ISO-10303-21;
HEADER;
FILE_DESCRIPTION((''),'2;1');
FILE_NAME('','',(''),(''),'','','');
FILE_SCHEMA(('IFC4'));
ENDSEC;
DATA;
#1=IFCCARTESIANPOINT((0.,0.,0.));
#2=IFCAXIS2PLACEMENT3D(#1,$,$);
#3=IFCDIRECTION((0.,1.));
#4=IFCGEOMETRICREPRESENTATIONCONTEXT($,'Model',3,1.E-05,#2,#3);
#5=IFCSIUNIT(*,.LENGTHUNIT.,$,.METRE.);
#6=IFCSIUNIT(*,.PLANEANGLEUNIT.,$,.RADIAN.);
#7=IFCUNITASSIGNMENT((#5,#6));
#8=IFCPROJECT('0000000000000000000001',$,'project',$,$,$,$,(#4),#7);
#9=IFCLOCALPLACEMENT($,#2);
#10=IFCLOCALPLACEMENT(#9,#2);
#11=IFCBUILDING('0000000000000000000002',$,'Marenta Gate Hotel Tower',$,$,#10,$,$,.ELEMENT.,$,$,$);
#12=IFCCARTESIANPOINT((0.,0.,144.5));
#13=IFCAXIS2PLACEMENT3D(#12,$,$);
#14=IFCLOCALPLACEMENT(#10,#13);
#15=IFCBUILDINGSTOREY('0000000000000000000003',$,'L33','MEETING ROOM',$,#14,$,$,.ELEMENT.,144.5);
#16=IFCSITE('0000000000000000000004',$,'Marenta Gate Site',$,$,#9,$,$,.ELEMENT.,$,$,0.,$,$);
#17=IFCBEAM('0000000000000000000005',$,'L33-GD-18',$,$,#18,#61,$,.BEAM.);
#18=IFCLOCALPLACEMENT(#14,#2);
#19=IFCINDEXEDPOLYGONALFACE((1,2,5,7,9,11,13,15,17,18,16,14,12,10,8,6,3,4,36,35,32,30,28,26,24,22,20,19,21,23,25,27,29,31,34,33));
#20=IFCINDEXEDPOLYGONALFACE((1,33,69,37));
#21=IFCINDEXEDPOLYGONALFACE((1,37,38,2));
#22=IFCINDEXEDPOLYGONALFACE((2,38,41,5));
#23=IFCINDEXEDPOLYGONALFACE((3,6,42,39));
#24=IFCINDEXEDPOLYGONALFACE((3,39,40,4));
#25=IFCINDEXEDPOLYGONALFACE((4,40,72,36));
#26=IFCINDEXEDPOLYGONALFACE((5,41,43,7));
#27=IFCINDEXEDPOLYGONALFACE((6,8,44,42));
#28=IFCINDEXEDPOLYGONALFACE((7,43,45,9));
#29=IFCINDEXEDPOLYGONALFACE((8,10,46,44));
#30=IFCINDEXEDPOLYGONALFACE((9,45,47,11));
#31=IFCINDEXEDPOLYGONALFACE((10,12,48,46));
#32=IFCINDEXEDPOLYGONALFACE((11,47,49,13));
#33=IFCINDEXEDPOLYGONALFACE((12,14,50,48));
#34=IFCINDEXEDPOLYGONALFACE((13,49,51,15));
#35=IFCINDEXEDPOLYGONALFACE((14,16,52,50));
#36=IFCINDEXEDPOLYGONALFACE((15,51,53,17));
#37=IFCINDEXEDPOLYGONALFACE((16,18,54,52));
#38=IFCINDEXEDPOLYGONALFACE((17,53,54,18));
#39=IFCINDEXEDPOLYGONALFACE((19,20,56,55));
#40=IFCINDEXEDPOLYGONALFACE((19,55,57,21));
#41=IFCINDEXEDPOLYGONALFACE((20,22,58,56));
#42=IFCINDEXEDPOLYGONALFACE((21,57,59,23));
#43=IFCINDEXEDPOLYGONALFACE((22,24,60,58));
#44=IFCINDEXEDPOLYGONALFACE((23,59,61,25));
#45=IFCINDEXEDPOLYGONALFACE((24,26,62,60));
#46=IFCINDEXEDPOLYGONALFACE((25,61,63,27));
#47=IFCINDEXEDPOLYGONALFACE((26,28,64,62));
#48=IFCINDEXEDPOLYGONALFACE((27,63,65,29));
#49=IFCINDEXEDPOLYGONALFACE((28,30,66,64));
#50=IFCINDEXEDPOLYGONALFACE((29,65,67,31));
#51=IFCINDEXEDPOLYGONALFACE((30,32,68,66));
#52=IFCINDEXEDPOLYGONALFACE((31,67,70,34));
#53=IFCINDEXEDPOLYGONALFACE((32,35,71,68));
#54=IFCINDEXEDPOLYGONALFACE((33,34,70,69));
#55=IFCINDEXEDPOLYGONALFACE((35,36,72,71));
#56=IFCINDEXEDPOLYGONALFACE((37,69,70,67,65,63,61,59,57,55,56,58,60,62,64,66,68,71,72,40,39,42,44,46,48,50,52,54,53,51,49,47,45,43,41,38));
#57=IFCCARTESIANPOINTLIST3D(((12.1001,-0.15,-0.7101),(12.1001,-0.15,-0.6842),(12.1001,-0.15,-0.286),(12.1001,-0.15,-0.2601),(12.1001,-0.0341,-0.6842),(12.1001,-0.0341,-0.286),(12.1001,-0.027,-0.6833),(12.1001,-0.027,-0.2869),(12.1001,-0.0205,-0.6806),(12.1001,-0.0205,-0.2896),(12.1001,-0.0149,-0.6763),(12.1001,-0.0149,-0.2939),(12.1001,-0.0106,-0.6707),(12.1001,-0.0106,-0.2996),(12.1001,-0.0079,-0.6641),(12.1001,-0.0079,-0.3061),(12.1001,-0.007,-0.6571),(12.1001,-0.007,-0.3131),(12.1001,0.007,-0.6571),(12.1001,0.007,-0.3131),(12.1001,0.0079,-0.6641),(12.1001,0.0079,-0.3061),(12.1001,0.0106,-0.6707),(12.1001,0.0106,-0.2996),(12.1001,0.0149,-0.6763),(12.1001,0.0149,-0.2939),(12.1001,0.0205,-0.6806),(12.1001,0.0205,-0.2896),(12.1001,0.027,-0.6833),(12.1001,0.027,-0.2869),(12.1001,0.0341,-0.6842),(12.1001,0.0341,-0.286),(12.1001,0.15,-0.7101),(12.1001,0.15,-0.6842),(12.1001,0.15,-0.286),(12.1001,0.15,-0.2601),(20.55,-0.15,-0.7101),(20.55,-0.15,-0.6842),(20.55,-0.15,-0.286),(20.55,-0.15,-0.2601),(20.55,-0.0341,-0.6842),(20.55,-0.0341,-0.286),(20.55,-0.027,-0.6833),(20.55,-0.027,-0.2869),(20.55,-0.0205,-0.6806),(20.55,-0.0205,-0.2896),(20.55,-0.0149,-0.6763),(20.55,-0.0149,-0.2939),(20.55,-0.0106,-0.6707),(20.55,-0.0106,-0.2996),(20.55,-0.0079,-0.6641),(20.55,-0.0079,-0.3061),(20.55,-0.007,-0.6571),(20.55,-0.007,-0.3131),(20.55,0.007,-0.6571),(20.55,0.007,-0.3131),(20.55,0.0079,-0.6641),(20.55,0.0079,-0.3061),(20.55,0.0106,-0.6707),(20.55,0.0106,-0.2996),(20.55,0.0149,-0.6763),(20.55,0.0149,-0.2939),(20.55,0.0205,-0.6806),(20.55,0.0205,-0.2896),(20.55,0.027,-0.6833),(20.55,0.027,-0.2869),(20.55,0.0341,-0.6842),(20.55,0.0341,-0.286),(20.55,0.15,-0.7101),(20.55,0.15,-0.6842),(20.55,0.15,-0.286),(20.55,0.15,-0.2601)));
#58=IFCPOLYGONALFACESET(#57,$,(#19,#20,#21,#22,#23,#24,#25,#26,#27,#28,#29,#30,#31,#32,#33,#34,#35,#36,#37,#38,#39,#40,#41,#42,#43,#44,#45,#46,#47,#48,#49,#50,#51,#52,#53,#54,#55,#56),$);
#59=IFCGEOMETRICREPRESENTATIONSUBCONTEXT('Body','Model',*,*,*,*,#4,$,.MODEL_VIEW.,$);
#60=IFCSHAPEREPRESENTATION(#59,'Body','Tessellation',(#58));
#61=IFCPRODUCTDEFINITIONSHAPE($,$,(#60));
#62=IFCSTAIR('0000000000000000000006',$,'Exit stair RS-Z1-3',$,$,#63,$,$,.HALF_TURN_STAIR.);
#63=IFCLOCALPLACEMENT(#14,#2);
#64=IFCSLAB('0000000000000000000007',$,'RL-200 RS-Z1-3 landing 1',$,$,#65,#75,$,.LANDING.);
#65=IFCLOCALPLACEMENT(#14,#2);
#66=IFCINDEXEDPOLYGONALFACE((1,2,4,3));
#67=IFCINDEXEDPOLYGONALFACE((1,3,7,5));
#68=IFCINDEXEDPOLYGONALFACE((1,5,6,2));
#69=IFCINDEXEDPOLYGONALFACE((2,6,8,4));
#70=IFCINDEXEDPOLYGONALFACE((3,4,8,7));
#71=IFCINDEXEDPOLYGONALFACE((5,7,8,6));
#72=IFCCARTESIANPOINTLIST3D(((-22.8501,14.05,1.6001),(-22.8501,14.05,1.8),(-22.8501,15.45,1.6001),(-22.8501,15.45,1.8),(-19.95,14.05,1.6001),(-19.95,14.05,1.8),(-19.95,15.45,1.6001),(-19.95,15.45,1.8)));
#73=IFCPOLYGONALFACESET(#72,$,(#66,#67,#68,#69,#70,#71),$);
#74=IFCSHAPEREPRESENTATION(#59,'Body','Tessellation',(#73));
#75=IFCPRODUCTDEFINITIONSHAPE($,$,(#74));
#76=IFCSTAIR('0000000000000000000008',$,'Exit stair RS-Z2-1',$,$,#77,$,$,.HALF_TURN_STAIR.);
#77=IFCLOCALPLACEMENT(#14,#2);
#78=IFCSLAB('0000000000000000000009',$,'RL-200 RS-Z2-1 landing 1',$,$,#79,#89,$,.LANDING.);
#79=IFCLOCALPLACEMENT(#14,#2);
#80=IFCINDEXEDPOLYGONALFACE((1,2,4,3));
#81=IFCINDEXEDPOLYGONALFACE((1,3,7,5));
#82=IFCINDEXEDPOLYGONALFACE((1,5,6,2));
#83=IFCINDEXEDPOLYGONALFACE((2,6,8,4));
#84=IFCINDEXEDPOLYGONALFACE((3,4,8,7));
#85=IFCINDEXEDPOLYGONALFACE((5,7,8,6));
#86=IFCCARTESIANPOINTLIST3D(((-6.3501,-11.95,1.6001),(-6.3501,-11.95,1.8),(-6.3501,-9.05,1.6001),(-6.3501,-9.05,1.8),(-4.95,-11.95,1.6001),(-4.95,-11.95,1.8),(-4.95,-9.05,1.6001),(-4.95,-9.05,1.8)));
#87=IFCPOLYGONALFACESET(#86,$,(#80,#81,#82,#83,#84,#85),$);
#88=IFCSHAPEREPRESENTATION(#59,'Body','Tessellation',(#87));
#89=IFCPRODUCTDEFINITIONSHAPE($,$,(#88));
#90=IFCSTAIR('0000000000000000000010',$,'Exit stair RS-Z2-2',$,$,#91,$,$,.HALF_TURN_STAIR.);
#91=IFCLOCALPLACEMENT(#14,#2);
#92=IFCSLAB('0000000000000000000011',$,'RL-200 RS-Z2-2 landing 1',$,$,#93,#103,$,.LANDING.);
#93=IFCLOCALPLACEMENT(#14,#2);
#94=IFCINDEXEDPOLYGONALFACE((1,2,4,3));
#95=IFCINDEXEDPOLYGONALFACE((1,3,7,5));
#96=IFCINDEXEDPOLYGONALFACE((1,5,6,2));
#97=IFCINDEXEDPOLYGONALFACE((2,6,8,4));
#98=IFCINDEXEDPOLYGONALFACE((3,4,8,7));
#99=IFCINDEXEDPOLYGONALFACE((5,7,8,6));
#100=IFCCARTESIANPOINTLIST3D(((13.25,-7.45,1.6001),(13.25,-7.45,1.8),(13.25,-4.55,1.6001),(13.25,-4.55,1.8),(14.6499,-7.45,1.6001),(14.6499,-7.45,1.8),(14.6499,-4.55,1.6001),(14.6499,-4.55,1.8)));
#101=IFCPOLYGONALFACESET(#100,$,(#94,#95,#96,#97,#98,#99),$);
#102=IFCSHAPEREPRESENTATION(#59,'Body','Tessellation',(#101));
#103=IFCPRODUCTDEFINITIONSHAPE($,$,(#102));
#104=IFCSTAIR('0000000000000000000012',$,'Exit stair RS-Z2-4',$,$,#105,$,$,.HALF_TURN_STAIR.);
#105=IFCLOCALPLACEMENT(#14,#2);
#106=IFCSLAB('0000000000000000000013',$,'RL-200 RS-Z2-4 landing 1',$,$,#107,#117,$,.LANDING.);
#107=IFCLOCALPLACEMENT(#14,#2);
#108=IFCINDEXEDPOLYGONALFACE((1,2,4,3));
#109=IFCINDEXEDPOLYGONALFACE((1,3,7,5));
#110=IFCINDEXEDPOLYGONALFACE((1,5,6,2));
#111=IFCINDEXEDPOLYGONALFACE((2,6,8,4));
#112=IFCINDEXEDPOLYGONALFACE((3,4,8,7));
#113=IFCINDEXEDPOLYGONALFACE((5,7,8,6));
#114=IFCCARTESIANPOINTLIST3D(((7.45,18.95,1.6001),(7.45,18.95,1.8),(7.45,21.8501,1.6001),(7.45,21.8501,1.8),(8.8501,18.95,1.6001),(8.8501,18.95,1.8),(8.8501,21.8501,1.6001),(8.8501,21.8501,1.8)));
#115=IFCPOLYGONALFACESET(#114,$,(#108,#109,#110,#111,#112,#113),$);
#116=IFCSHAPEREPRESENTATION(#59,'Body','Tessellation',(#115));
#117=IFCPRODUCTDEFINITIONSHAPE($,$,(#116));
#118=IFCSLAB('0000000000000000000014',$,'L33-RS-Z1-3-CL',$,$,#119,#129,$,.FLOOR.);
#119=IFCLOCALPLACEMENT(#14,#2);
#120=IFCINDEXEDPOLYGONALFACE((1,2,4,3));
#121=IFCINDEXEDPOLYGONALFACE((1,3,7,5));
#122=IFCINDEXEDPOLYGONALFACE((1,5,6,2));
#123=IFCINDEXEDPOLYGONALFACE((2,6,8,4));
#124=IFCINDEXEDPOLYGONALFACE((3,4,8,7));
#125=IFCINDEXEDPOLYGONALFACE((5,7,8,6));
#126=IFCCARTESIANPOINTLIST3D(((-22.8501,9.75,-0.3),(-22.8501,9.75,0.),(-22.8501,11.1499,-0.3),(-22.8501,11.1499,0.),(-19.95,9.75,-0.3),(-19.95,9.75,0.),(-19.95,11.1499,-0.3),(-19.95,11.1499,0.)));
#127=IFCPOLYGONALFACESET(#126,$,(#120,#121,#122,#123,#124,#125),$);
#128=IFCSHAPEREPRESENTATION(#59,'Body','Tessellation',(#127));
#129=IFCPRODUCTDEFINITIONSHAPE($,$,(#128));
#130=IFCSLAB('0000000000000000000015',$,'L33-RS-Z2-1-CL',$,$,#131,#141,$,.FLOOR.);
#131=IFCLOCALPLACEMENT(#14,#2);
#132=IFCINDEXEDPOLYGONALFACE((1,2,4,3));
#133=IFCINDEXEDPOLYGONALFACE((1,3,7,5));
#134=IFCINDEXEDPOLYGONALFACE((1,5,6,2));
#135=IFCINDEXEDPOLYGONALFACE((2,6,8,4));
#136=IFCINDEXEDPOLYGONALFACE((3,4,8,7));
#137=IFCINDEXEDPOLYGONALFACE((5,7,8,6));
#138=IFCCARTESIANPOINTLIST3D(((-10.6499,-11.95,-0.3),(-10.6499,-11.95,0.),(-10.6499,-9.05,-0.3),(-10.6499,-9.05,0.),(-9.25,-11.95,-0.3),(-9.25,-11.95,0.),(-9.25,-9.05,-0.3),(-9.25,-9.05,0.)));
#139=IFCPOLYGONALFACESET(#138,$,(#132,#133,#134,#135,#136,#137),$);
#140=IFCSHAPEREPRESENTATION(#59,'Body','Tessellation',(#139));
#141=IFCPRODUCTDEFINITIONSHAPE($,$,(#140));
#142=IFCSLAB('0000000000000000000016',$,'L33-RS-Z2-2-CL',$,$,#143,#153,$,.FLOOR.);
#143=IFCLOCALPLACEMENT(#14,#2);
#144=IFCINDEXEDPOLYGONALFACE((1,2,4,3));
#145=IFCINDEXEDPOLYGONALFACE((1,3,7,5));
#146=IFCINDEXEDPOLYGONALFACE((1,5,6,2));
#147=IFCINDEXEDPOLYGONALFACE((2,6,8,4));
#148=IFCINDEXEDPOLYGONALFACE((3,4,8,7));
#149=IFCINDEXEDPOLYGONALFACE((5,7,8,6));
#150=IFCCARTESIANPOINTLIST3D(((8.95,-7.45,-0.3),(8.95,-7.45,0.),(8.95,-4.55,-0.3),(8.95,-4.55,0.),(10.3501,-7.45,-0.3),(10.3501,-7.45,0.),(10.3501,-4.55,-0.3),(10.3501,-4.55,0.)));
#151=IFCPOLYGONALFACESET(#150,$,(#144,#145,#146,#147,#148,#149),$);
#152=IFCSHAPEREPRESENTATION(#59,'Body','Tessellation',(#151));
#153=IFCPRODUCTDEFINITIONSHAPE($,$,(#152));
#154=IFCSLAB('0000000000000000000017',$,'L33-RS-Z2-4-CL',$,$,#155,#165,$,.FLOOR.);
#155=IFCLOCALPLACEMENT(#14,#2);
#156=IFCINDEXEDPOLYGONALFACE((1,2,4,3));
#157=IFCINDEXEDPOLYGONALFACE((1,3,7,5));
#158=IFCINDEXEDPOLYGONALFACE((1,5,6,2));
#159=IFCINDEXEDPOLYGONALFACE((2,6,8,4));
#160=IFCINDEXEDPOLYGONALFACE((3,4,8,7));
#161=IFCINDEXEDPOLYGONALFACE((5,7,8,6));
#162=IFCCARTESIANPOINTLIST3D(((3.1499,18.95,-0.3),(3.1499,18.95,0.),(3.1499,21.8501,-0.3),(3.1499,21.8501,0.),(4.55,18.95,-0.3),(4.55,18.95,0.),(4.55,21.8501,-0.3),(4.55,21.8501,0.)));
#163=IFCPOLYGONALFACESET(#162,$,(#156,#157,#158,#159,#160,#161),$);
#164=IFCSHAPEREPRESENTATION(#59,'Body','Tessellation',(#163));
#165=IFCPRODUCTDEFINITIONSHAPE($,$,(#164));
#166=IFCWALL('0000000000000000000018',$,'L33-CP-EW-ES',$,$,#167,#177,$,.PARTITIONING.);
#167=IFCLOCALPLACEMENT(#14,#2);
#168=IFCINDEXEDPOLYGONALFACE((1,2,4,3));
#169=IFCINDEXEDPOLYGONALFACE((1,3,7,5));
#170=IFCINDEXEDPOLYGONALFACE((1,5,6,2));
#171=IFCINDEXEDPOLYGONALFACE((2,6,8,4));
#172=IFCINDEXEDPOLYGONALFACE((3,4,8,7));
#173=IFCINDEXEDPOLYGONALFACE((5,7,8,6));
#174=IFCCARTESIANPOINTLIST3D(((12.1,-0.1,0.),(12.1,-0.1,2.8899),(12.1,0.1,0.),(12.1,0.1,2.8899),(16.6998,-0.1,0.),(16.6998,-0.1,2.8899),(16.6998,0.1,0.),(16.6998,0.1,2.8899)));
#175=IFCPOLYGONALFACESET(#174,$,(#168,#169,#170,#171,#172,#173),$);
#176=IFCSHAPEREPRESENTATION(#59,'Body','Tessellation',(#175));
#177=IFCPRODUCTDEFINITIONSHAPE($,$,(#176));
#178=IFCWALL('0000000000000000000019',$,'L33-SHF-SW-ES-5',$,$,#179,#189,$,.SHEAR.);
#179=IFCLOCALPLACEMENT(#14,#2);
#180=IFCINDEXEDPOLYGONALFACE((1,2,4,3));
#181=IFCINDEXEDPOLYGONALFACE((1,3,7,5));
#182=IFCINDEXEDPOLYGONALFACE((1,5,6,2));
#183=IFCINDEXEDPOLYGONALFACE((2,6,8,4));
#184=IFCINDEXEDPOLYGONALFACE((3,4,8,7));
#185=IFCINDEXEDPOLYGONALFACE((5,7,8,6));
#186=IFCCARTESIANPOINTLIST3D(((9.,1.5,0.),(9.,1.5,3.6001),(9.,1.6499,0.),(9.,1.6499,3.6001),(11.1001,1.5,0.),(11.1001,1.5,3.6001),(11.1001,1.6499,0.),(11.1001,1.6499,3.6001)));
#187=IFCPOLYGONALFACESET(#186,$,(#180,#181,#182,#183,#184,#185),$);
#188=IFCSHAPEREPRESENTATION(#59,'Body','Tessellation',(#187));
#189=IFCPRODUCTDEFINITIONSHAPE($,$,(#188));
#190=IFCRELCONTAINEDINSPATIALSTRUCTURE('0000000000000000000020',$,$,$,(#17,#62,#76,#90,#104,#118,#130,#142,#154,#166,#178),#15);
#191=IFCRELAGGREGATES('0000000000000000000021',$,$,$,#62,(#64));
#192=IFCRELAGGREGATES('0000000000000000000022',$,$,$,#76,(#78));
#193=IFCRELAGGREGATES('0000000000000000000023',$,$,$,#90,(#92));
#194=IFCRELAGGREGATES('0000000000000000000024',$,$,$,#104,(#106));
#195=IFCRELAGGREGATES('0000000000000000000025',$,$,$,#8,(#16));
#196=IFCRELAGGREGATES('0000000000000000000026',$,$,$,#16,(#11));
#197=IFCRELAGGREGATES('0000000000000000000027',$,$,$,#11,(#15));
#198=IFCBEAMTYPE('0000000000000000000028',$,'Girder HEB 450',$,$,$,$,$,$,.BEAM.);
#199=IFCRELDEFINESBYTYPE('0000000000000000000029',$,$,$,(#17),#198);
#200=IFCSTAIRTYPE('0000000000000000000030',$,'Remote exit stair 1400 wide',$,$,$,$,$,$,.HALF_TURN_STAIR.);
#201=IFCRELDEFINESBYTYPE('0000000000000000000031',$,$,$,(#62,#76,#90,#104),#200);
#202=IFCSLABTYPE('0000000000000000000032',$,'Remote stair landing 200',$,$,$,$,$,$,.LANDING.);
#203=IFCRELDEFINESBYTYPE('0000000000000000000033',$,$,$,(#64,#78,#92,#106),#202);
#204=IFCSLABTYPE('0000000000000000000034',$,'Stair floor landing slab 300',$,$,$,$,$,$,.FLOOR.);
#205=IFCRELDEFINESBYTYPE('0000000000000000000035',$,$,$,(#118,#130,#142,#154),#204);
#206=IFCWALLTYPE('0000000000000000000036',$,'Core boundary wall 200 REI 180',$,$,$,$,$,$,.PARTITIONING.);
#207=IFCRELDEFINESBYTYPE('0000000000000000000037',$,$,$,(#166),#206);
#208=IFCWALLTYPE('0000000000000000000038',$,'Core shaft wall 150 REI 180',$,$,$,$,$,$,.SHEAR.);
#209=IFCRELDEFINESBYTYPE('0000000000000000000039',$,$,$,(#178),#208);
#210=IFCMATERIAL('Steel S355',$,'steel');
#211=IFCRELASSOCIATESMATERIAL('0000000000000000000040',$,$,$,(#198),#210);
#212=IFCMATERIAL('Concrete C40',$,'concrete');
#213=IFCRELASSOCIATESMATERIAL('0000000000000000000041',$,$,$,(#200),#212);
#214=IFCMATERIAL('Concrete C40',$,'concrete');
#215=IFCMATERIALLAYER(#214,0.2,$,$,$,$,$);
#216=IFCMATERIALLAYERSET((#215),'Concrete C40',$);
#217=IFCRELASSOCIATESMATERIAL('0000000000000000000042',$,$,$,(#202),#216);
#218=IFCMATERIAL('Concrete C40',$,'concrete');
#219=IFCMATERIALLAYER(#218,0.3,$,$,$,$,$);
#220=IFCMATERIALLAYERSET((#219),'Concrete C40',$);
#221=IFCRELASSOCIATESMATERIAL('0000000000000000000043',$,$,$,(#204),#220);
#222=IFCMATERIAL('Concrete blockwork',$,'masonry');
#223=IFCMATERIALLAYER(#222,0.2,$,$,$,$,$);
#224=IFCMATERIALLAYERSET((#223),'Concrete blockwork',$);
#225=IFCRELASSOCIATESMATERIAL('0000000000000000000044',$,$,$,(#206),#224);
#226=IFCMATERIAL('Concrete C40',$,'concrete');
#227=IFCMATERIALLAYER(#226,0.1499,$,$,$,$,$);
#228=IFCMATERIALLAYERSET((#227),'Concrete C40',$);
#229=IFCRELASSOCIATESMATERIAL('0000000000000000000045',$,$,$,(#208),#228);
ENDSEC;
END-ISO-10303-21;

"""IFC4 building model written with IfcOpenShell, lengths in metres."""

from ifc_helpers import new_model, si_unit, direction, frame, frame_2d, origin, origin_2d, place, context, subcontext, project, spatial, polyline, rectangle, i_section, outline, extrude, material, layer, layer_set, material_profile, profile_set, type_object, element, aggregate, save


model = new_model("IFC4")

# Units and contexts
model_context = context("Model", 3, precision=1e-05, world=origin(), true_north=direction((0.0, 1.0)))
body_context = subcontext(model_context, "Body", "Model", "MODEL_VIEW")
ifc_project = project(units=[si_unit("LENGTHUNIT", "METRE"), si_unit("PLANEANGLEUNIT", "RADIAN")], contexts=[model_context])

# Site, building, storey
site_placement = place(None, origin())
site = spatial("IfcSite", under=ifc_project, at=site_placement, Name="Marenta Gate Site", CompositionType="ELEMENT", RefElevation=0.0)
building_placement = place(site_placement, origin())
building = spatial("IfcBuilding", under=site, at=building_placement, Name="Marenta Gate Hotel Tower", CompositionType="ELEMENT")
storey_placement = place(building_placement, frame((0.0, 0.0, 144.5)))
storey = spatial("IfcBuildingStorey", under=building, at=storey_placement, Name="L33", Description="MEETING ROOM", CompositionType="ELEMENT", Elevation=144.5)

# Beam
ifc_material_1 = material(Name="Steel S355", Category="steel")
ifc_material_profile = material_profile(ifc_material_1, i_section(OverallWidth=0.3, OverallDepth=0.45, WebThickness=0.0139, FlangeThickness=0.0259, FilletRadius=0.0271, at=origin_2d()), Name="HEB 450")
ifc_profile_set = profile_set([ifc_material_profile], Name="Steel S355")
beam_type = type_object("IfcBeamType", Name="Girder HEB 450", PredefinedType="BEAM", material=ifc_profile_set)
beam_placement = place(storey_placement, frame((12.1001, 0.0, -0.4851), z_axis=(1.0, 0.0, 0.0), x_axis=(0.0, 1.0, 0.0)))
element("IfcBeam", 1, at=beam_placement, inside=storey, type_object=beam_type, Name="L33-GD-18", PredefinedType="BEAM", context=body_context, shape_type="SweptSolid", body=[
    extrude(i_section(OverallWidth=0.3, OverallDepth=0.45, WebThickness=0.0139, FlangeThickness=0.0259, FilletRadius=0.0271, at=origin_2d()), origin(), (0.0, 0.0, 1.0), 8.45),
])

# Stairs, slabs
ifc_material_2 = material(Name="Concrete C40", Category="concrete")
stair_type_1 = type_object("IfcStairType", Name="Remote exit stair 1400 wide", PredefinedType="HALF_TURN_STAIR", material=ifc_material_2)
stair_1_placement = place(storey_placement, origin())
stair_1 = element("IfcStair", 2, at=stair_1_placement, inside=storey, type_object=stair_type_1, Name="Exit stair RS-Z1-3", PredefinedType="HALF_TURN_STAIR")
ifc_material_3 = material(Name="Concrete C40", Category="concrete")
ifc_layer_1 = layer(ifc_material_3, 0.2)
ifc_layer_set_1 = layer_set([ifc_layer_1], Name="Concrete C40")
slab_type_1 = type_object("IfcSlabType", Name="Remote stair landing 200", PredefinedType="LANDING", material=ifc_layer_set_1)
slab_1_placement = place(storey_placement, frame((0.0, 0.0, 1.6001)))
slab_1 = element("IfcSlab", 3, at=slab_1_placement, type_object=slab_type_1, Name="RL-200 RS-Z1-3 landing 1", PredefinedType="LANDING", context=body_context, shape_type="SweptSolid", body=[
    extrude(outline(polyline([(-22.8501, 14.05), (-19.95, 14.05), (-19.95, 15.45), (-22.8501, 15.45), (-22.8501, 14.05)])), origin(), (0.0, 0.0, 1.0), 0.2),
])
aggregate(stair_1, [slab_1])
stair_2_placement = place(storey_placement, origin())
stair_2 = element("IfcStair", 4, at=stair_2_placement, inside=storey, type_object=stair_type_1, Name="Exit stair RS-Z2-1", PredefinedType="HALF_TURN_STAIR")
slab_2_placement = place(storey_placement, frame((0.0, 0.0, 1.6001)))
slab_2 = element("IfcSlab", 5, at=slab_2_placement, type_object=slab_type_1, Name="RL-200 RS-Z2-1 landing 1", PredefinedType="LANDING", context=body_context, shape_type="SweptSolid", body=[
    extrude(outline(polyline([(-6.3501, -11.95), (-4.95, -11.95), (-4.95, -9.05), (-6.3501, -9.05), (-6.3501, -11.95)])), origin(), (0.0, 0.0, 1.0), 0.2),
])
aggregate(stair_2, [slab_2])
stair_3_placement = place(storey_placement, origin())
stair_3 = element("IfcStair", 6, at=stair_3_placement, inside=storey, type_object=stair_type_1, Name="Exit stair RS-Z2-2", PredefinedType="HALF_TURN_STAIR")
slab_3_placement = place(storey_placement, frame((0.0, 0.0, 1.6001)))
slab_3 = element("IfcSlab", 7, at=slab_3_placement, type_object=slab_type_1, Name="RL-200 RS-Z2-2 landing 1", PredefinedType="LANDING", context=body_context, shape_type="SweptSolid", body=[
    extrude(outline(polyline([(13.25, -7.45), (14.6499, -7.45), (14.6499, -4.55), (13.25, -4.55), (13.25, -7.45)])), origin(), (0.0, 0.0, 1.0), 0.2),
])
aggregate(stair_3, [slab_3])
stair_4_placement = place(storey_placement, origin())
stair_4 = element("IfcStair", 8, at=stair_4_placement, inside=storey, type_object=stair_type_1, Name="Exit stair RS-Z2-4", PredefinedType="HALF_TURN_STAIR")
slab_4_placement = place(storey_placement, frame((0.0, 0.0, 1.6001)))
slab_4 = element("IfcSlab", 9, at=slab_4_placement, type_object=slab_type_1, Name="RL-200 RS-Z2-4 landing 1", PredefinedType="LANDING", context=body_context, shape_type="SweptSolid", body=[
    extrude(outline(polyline([(7.45, 18.95), (8.8501, 18.95), (8.8501, 21.8501), (7.45, 21.8501), (7.45, 18.95)])), origin(), (0.0, 0.0, 1.0), 0.2),
])
aggregate(stair_4, [slab_4])

# Slabs
ifc_material_4 = material(Name="Concrete C40", Category="concrete")
ifc_layer_2 = layer(ifc_material_4, 0.3)
ifc_layer_set_2 = layer_set([ifc_layer_2], Name="Concrete C40")
slab_type_2 = type_object("IfcSlabType", Name="Stair floor landing slab 300", PredefinedType="FLOOR", material=ifc_layer_set_2)
slab_5_placement = place(storey_placement, frame((0.0, 0.0, -0.3)))
element("IfcSlab", 10, at=slab_5_placement, inside=storey, type_object=slab_type_2, Name="L33-RS-Z1-3-CL", PredefinedType="FLOOR", context=body_context, shape_type="SweptSolid", body=[
    extrude(outline(polyline([(-19.95, 9.75), (-19.95, 11.1499), (-22.8501, 11.1499), (-22.8501, 9.75), (-19.95, 9.75)])), origin(), (0.0, 0.0, 1.0), 0.3),
])
slab_6_placement = place(storey_placement, frame((0.0, 0.0, -0.3)))
element("IfcSlab", 11, at=slab_6_placement, inside=storey, type_object=slab_type_2, Name="L33-RS-Z2-1-CL", PredefinedType="FLOOR", context=body_context, shape_type="SweptSolid", body=[
    extrude(outline(polyline([(-9.25, -11.95), (-9.25, -9.05), (-10.6499, -9.05), (-10.6499, -11.95), (-9.25, -11.95)])), origin(), (0.0, 0.0, 1.0), 0.3),
])
slab_7_placement = place(storey_placement, frame((0.0, 0.0, -0.3)))
element("IfcSlab", 12, at=slab_7_placement, inside=storey, type_object=slab_type_2, Name="L33-RS-Z2-2-CL", PredefinedType="FLOOR", context=body_context, shape_type="SweptSolid", body=[
    extrude(outline(polyline([(10.3501, -7.45), (10.3501, -4.55), (8.95, -4.55), (8.95, -7.45), (10.3501, -7.45)])), origin(), (0.0, 0.0, 1.0), 0.3),
])
slab_8_placement = place(storey_placement, frame((0.0, 0.0, -0.3)))
element("IfcSlab", 13, at=slab_8_placement, inside=storey, type_object=slab_type_2, Name="L33-RS-Z2-4-CL", PredefinedType="FLOOR", context=body_context, shape_type="SweptSolid", body=[
    extrude(outline(polyline([(4.55, 18.95), (4.55, 21.8501), (3.1499, 21.8501), (3.1499, 18.95), (4.55, 18.95)])), origin(), (0.0, 0.0, 1.0), 0.3),
])

# Walls
ifc_material_5 = material(Name="Concrete blockwork", Category="masonry")
ifc_layer_3 = layer(ifc_material_5, 0.2)
ifc_layer_set_3 = layer_set([ifc_layer_3], Name="Concrete blockwork")
wall_type_1 = type_object("IfcWallType", Name="Core boundary wall 200 REI 180", PredefinedType="PARTITIONING", material=ifc_layer_set_3)
wall_1_placement = place(storey_placement, frame((12.1001, 0.0, 0.0), z_axis=(0.0, 0.0, 1.0), x_axis=(1.0, 0.0, 0.0)))
element("IfcWall", 14, at=wall_1_placement, inside=storey, type_object=wall_type_1, Name="L33-CP-EW-ES", PredefinedType="PARTITIONING", context=body_context, shape_type="SweptSolid", body=[
    extrude(rectangle(XDim=4.5999, YDim=0.2, at=frame_2d((2.2998, 0.0))), origin(), (0.0, 0.0, 1.0), 2.8899),
])
ifc_material_6 = material(Name="Concrete C40", Category="concrete")
ifc_layer_4 = layer(ifc_material_6, 0.1499)
ifc_layer_set_4 = layer_set([ifc_layer_4], Name="Concrete C40")
wall_type_2 = type_object("IfcWallType", Name="Core shaft wall 150 REI 180", PredefinedType="SHEAR", material=ifc_layer_set_4)
wall_2_placement = place(storey_placement, frame((9.0, 1.575, 0.0), z_axis=(0.0, 0.0, 1.0), x_axis=(1.0, 0.0, 0.0)))
element("IfcWall", 15, at=wall_2_placement, inside=storey, type_object=wall_type_2, Name="L33-SHF-SW-ES-5", PredefinedType="SHEAR", context=body_context, shape_type="SweptSolid", body=[
    extrude(rectangle(XDim=2.1001, YDim=0.1499, at=frame_2d((1.05, 0.0))), origin(), (0.0, 0.0, 1.0), 3.6001),
])

save(model, "model.ifc")
